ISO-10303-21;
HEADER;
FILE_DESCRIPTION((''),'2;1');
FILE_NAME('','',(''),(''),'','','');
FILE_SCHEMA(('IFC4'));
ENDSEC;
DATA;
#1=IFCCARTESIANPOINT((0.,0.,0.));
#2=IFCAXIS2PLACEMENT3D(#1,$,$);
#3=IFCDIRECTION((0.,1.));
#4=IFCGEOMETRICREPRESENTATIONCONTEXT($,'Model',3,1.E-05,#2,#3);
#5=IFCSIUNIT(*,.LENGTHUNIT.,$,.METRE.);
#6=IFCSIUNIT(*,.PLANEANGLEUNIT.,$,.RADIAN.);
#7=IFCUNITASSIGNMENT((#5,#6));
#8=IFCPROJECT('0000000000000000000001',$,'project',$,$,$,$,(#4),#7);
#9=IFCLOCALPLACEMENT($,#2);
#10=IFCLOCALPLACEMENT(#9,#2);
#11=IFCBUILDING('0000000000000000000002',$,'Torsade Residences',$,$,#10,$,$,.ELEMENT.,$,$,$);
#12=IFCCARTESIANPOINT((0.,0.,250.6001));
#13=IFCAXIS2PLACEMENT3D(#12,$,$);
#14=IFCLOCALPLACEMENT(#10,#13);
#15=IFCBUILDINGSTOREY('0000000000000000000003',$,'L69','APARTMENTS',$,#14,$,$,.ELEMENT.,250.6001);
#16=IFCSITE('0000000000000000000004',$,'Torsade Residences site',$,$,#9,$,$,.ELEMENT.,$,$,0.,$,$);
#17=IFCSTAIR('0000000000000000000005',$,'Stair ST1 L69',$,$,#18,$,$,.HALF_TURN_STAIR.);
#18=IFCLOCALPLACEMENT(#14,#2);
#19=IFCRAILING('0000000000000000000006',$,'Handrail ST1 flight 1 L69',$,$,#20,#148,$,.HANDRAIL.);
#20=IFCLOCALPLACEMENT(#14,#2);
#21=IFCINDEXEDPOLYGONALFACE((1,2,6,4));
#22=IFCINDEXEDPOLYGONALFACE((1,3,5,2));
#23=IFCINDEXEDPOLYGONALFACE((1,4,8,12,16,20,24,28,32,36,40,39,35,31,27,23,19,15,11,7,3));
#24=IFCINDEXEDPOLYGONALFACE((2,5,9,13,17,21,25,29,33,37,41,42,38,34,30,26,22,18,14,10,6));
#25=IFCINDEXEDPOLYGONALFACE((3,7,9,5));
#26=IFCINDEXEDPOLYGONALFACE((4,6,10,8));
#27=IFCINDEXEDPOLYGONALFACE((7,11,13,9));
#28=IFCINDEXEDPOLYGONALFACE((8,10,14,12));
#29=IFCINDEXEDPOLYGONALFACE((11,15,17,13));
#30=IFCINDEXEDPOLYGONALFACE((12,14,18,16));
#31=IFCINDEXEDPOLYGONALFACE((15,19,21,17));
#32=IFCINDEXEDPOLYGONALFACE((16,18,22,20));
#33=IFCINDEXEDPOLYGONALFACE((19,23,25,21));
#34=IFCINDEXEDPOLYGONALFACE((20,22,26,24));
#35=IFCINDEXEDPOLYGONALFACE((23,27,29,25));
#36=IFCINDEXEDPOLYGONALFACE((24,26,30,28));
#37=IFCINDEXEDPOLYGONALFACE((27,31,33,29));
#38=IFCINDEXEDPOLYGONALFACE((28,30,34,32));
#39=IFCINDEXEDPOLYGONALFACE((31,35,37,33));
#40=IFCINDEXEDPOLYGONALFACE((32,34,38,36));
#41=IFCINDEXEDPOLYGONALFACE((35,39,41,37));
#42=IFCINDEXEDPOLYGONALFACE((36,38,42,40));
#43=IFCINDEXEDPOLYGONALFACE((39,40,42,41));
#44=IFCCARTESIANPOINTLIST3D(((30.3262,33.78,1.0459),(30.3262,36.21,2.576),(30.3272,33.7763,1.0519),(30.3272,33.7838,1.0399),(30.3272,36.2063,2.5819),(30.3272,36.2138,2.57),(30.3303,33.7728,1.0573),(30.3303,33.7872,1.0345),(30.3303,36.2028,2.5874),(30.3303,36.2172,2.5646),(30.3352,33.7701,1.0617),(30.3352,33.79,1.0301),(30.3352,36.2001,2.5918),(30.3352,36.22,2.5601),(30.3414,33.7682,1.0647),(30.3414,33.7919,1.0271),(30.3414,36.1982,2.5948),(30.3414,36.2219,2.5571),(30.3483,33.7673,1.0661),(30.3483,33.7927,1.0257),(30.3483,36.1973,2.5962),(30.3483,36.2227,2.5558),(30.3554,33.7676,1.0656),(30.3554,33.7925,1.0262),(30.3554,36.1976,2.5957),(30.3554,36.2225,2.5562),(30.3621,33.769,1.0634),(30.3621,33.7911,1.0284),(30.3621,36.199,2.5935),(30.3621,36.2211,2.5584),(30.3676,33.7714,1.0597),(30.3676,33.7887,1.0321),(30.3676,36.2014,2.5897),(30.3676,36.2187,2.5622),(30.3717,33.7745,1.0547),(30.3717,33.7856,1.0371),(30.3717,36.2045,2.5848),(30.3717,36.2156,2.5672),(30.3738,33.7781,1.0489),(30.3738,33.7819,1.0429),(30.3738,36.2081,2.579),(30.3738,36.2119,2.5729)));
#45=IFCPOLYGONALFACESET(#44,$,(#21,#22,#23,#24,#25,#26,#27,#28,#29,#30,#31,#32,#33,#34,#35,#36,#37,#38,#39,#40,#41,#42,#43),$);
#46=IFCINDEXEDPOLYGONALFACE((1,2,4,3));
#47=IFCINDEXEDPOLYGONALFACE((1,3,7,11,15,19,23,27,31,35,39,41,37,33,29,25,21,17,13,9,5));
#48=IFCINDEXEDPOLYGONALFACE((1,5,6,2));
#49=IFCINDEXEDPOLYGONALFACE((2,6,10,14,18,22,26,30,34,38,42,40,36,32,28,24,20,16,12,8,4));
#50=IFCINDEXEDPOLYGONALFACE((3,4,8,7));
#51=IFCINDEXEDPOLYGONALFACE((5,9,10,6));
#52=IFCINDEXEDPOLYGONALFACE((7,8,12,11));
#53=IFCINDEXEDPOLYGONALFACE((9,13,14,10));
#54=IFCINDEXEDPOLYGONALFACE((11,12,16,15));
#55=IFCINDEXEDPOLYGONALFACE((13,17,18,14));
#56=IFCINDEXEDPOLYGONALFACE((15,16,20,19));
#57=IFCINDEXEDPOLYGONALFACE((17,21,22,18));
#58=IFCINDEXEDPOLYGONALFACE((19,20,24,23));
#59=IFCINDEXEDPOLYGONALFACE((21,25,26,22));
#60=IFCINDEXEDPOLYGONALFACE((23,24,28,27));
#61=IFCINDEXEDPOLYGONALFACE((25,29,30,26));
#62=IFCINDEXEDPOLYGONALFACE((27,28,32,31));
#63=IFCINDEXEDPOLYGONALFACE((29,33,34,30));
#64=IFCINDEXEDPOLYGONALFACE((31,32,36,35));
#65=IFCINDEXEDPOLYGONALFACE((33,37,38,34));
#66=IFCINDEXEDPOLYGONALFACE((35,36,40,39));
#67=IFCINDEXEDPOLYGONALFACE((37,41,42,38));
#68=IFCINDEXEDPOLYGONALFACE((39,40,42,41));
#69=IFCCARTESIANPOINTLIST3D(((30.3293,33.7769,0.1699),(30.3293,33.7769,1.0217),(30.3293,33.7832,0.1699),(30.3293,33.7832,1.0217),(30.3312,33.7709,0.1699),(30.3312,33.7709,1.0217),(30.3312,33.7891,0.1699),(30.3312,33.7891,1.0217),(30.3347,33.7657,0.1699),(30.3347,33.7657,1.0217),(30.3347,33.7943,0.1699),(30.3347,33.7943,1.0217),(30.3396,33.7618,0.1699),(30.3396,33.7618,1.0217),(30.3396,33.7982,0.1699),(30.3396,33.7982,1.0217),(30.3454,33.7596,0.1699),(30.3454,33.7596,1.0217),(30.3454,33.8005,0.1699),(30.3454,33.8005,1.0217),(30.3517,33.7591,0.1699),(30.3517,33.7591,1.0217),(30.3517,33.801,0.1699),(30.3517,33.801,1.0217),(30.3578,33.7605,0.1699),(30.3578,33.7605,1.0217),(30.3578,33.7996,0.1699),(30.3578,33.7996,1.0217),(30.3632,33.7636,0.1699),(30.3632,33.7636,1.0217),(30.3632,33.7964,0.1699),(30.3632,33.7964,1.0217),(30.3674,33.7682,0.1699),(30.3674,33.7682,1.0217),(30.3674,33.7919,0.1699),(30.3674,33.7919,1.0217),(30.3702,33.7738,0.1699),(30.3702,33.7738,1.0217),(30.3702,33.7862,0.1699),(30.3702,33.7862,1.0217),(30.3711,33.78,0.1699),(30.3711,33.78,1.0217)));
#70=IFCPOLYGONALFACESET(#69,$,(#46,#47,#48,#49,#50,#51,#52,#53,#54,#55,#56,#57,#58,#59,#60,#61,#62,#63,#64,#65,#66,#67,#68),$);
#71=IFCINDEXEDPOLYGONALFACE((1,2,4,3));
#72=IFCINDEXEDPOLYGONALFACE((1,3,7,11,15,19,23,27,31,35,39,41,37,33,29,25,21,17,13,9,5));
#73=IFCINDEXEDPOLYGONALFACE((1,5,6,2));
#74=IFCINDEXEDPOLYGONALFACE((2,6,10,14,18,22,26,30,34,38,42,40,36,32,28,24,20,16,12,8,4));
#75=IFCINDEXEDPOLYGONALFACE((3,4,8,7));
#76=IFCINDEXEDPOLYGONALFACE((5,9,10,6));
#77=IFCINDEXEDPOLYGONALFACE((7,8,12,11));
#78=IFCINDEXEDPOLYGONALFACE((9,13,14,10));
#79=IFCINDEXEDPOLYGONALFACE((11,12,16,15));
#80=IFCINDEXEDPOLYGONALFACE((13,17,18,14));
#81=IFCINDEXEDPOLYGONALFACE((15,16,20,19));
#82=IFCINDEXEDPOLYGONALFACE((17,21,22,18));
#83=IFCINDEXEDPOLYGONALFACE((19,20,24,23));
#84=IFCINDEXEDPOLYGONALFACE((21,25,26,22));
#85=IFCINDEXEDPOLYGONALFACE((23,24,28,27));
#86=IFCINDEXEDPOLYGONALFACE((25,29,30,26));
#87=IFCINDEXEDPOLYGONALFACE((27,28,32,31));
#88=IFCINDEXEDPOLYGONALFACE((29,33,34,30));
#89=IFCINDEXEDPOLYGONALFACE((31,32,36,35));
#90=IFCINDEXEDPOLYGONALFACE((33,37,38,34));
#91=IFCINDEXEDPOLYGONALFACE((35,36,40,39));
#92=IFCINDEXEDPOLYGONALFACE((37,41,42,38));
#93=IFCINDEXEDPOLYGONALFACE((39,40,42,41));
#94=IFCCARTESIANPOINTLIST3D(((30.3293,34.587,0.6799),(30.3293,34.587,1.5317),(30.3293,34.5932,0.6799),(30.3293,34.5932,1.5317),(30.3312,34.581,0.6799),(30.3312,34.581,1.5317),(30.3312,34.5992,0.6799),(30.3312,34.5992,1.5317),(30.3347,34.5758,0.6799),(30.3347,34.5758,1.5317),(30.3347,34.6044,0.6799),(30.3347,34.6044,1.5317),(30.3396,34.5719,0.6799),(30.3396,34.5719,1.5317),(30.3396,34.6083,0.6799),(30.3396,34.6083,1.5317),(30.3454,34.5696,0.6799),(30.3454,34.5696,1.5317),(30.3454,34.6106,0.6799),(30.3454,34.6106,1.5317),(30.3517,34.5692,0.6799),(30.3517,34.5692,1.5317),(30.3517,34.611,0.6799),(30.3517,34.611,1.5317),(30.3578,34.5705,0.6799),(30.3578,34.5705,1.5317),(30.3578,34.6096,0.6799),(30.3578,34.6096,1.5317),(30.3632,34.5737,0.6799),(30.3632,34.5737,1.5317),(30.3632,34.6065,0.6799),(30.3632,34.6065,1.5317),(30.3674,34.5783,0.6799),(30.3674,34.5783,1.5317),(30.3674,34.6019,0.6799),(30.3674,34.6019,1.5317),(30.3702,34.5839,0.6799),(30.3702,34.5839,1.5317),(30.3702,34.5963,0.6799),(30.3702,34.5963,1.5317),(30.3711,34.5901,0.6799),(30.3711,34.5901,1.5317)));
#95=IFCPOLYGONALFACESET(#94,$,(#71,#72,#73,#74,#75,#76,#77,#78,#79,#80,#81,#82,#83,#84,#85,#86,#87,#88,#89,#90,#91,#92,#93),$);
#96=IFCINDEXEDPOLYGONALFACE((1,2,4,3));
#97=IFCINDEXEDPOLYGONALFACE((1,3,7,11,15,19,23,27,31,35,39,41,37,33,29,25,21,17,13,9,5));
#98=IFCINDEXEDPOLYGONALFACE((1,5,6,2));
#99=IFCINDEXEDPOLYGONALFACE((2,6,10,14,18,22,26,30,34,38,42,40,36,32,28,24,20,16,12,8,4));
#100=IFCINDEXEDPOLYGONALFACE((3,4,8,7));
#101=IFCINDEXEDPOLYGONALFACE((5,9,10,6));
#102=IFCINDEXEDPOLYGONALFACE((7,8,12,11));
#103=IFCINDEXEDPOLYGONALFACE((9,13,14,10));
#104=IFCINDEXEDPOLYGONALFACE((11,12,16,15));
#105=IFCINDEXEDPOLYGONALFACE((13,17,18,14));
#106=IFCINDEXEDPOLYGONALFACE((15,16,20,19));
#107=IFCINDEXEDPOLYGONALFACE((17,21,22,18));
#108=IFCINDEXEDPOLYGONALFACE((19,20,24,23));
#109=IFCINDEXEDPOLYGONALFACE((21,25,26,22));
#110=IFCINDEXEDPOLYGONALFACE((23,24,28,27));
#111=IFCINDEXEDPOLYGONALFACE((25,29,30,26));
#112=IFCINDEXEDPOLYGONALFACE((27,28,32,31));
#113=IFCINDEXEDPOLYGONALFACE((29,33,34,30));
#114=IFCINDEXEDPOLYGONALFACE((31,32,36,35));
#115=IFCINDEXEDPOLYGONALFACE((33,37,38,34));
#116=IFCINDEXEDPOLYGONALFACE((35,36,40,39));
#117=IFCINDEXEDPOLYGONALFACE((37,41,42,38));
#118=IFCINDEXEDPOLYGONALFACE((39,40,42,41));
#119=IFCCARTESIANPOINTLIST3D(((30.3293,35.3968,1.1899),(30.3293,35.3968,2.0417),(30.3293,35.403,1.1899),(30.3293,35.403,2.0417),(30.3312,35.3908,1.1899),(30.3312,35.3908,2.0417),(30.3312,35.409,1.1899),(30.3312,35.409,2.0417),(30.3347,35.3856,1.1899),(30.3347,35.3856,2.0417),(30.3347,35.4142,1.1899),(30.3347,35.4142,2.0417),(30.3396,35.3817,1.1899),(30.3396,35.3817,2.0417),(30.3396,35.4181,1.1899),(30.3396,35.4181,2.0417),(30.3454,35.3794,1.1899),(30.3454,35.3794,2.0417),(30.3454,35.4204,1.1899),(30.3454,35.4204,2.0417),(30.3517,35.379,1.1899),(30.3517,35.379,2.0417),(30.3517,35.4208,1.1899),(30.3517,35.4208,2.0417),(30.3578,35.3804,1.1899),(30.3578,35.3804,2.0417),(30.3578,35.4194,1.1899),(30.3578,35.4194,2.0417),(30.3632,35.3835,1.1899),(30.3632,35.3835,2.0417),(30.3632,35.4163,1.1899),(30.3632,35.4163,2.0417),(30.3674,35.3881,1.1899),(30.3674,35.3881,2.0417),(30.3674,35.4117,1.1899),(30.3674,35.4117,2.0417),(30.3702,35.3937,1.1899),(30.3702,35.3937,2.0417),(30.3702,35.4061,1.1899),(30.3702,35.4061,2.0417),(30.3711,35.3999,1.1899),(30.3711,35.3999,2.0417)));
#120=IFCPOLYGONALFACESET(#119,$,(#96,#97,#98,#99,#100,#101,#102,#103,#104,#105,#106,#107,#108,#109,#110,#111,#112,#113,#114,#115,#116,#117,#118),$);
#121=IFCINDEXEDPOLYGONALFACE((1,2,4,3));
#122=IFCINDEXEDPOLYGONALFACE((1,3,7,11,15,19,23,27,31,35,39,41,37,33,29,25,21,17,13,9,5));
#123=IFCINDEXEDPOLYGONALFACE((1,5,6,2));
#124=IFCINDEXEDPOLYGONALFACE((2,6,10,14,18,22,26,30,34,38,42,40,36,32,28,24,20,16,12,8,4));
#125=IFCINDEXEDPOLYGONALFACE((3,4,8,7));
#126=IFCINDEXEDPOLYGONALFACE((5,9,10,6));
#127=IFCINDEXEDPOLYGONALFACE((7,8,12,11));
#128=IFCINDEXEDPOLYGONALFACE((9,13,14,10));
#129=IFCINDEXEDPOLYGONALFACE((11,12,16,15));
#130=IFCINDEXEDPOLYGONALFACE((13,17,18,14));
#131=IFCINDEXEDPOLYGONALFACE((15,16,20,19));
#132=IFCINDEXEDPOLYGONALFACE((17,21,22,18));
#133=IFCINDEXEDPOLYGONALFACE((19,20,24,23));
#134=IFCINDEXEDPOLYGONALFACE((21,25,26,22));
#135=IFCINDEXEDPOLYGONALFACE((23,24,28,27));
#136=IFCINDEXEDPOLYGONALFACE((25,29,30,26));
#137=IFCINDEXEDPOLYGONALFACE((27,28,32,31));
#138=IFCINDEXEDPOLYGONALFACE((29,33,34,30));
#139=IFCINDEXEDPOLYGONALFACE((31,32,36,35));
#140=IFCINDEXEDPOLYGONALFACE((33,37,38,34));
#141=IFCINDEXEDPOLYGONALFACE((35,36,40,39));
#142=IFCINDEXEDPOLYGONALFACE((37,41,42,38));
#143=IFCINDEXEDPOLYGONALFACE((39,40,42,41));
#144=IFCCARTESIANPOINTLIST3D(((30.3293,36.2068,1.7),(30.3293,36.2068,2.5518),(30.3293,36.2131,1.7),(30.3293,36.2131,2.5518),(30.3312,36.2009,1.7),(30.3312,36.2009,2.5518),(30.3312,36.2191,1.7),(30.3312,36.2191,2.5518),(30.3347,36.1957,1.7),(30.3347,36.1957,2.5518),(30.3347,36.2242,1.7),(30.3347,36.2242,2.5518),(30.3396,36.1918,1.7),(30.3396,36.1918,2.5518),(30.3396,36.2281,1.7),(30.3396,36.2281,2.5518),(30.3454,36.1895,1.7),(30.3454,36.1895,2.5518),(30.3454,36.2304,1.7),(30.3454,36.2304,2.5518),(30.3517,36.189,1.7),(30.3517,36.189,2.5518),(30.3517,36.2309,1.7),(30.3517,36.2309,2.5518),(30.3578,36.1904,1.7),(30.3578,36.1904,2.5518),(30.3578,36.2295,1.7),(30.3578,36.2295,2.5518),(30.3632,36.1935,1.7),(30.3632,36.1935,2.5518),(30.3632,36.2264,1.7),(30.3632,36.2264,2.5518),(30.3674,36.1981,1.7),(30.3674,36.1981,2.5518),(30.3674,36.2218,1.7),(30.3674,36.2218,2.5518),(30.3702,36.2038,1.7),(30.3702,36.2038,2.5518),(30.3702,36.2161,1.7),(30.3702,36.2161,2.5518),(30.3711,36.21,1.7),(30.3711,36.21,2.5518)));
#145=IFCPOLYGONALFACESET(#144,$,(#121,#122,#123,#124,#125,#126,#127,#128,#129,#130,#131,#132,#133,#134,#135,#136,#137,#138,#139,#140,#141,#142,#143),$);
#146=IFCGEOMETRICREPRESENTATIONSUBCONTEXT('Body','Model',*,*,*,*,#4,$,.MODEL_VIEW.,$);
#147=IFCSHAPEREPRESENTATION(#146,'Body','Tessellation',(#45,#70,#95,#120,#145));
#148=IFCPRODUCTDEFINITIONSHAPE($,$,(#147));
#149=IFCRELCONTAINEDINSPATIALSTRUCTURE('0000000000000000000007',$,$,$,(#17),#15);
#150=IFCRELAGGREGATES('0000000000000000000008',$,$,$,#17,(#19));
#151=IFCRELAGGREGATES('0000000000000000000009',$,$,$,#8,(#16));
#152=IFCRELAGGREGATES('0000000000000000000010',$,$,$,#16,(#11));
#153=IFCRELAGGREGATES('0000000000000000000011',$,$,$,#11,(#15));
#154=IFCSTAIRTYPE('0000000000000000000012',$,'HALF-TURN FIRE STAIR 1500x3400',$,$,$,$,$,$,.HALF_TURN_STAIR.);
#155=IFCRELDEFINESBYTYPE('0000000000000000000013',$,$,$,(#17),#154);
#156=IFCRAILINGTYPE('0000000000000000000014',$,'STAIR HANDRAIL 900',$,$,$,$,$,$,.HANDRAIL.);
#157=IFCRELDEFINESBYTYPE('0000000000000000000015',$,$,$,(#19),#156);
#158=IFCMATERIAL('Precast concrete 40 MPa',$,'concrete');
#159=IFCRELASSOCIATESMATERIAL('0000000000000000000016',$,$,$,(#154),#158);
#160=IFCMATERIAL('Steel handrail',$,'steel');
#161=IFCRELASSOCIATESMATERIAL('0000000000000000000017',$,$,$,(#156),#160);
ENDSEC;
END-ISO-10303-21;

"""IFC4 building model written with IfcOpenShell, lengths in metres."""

from ifc_helpers import new_model, si_unit, direction, frame, origin, origin_2d, place, context, subcontext, project, spatial, circle, extrude, material, type_object, element, aggregate, save


model = new_model("IFC4")

# Units and contexts
model_context = context("Model", 3, precision=1e-05, world=origin(), true_north=direction((0.0, 1.0)))
body_context = subcontext(model_context, "Body", "Model", "MODEL_VIEW")
ifc_project = project(units=[si_unit("LENGTHUNIT", "METRE"), si_unit("PLANEANGLEUNIT", "RADIAN")], contexts=[model_context])

# Site, building, storey
site_placement = place(None, origin())
site = spatial("IfcSite", under=ifc_project, at=site_placement, Name="Torsade Residences site", CompositionType="ELEMENT", RefElevation=0.0)
building_placement = place(site_placement, origin())
building = spatial("IfcBuilding", under=site, at=building_placement, Name="Torsade Residences", CompositionType="ELEMENT")
storey_placement = place(building_placement, frame((0.0, 0.0, 250.6001)))
storey = spatial("IfcBuildingStorey", under=building, at=storey_placement, Name="L69", Description="APARTMENTS", CompositionType="ELEMENT", Elevation=250.6001)

# Stair, railing
ifc_material_1 = material(Name="Precast concrete 40 MPa", Category="concrete")
stair_type = type_object("IfcStairType", Name="HALF-TURN FIRE STAIR 1500x3400", PredefinedType="HALF_TURN_STAIR", material=ifc_material_1)
stair_placement = place(storey_placement, origin())
stair = element("IfcStair", 1, at=stair_placement, inside=storey, type_object=stair_type, Name="Stair ST1 L69", PredefinedType="HALF_TURN_STAIR")
ifc_material_2 = material(Name="Steel handrail", Category="steel")
railing_type = type_object("IfcRailingType", Name="STAIR HANDRAIL 900", PredefinedType="HANDRAIL", material=ifc_material_2)
railing_1_placement = place(storey_placement, frame((30.3501, 33.78, 0.1699)))
railing_1 = element("IfcRailing", 2, at=railing_1_placement, type_object=railing_type, Name="Handrail ST1 flight 1 L69", PredefinedType="HANDRAIL", context=body_context, shape_type="SweptSolid", body=[
    extrude(circle(Radius=0.0239, at=origin_2d()), frame((0.0, 0.0, 0.876), z_axis=(0.0, 0.846221, 0.532831), x_axis=(-1.0, 0.0, 0.0)), (0.0, 0.0, 1.0), 2.8716),
    extrude(circle(Radius=0.021, at=origin_2d()), origin(), (0.0, 0.0, 1.0), 0.8518),
    extrude(circle(Radius=0.021, at=origin_2d()), frame((0.0, 0.8101, 0.51)), (0.0, 0.0, 1.0), 0.8518),
    extrude(circle(Radius=0.021, at=origin_2d()), frame((0.0, 1.6199, 1.02)), (0.0, 0.0, 1.0), 0.8518),
    extrude(circle(Radius=0.021, at=origin_2d()), frame((0.0, 2.4299, 1.53)), (0.0, 0.0, 1.0), 0.8518),
])
aggregate(stair, [railing_1])

save(model, "model.ifc")
